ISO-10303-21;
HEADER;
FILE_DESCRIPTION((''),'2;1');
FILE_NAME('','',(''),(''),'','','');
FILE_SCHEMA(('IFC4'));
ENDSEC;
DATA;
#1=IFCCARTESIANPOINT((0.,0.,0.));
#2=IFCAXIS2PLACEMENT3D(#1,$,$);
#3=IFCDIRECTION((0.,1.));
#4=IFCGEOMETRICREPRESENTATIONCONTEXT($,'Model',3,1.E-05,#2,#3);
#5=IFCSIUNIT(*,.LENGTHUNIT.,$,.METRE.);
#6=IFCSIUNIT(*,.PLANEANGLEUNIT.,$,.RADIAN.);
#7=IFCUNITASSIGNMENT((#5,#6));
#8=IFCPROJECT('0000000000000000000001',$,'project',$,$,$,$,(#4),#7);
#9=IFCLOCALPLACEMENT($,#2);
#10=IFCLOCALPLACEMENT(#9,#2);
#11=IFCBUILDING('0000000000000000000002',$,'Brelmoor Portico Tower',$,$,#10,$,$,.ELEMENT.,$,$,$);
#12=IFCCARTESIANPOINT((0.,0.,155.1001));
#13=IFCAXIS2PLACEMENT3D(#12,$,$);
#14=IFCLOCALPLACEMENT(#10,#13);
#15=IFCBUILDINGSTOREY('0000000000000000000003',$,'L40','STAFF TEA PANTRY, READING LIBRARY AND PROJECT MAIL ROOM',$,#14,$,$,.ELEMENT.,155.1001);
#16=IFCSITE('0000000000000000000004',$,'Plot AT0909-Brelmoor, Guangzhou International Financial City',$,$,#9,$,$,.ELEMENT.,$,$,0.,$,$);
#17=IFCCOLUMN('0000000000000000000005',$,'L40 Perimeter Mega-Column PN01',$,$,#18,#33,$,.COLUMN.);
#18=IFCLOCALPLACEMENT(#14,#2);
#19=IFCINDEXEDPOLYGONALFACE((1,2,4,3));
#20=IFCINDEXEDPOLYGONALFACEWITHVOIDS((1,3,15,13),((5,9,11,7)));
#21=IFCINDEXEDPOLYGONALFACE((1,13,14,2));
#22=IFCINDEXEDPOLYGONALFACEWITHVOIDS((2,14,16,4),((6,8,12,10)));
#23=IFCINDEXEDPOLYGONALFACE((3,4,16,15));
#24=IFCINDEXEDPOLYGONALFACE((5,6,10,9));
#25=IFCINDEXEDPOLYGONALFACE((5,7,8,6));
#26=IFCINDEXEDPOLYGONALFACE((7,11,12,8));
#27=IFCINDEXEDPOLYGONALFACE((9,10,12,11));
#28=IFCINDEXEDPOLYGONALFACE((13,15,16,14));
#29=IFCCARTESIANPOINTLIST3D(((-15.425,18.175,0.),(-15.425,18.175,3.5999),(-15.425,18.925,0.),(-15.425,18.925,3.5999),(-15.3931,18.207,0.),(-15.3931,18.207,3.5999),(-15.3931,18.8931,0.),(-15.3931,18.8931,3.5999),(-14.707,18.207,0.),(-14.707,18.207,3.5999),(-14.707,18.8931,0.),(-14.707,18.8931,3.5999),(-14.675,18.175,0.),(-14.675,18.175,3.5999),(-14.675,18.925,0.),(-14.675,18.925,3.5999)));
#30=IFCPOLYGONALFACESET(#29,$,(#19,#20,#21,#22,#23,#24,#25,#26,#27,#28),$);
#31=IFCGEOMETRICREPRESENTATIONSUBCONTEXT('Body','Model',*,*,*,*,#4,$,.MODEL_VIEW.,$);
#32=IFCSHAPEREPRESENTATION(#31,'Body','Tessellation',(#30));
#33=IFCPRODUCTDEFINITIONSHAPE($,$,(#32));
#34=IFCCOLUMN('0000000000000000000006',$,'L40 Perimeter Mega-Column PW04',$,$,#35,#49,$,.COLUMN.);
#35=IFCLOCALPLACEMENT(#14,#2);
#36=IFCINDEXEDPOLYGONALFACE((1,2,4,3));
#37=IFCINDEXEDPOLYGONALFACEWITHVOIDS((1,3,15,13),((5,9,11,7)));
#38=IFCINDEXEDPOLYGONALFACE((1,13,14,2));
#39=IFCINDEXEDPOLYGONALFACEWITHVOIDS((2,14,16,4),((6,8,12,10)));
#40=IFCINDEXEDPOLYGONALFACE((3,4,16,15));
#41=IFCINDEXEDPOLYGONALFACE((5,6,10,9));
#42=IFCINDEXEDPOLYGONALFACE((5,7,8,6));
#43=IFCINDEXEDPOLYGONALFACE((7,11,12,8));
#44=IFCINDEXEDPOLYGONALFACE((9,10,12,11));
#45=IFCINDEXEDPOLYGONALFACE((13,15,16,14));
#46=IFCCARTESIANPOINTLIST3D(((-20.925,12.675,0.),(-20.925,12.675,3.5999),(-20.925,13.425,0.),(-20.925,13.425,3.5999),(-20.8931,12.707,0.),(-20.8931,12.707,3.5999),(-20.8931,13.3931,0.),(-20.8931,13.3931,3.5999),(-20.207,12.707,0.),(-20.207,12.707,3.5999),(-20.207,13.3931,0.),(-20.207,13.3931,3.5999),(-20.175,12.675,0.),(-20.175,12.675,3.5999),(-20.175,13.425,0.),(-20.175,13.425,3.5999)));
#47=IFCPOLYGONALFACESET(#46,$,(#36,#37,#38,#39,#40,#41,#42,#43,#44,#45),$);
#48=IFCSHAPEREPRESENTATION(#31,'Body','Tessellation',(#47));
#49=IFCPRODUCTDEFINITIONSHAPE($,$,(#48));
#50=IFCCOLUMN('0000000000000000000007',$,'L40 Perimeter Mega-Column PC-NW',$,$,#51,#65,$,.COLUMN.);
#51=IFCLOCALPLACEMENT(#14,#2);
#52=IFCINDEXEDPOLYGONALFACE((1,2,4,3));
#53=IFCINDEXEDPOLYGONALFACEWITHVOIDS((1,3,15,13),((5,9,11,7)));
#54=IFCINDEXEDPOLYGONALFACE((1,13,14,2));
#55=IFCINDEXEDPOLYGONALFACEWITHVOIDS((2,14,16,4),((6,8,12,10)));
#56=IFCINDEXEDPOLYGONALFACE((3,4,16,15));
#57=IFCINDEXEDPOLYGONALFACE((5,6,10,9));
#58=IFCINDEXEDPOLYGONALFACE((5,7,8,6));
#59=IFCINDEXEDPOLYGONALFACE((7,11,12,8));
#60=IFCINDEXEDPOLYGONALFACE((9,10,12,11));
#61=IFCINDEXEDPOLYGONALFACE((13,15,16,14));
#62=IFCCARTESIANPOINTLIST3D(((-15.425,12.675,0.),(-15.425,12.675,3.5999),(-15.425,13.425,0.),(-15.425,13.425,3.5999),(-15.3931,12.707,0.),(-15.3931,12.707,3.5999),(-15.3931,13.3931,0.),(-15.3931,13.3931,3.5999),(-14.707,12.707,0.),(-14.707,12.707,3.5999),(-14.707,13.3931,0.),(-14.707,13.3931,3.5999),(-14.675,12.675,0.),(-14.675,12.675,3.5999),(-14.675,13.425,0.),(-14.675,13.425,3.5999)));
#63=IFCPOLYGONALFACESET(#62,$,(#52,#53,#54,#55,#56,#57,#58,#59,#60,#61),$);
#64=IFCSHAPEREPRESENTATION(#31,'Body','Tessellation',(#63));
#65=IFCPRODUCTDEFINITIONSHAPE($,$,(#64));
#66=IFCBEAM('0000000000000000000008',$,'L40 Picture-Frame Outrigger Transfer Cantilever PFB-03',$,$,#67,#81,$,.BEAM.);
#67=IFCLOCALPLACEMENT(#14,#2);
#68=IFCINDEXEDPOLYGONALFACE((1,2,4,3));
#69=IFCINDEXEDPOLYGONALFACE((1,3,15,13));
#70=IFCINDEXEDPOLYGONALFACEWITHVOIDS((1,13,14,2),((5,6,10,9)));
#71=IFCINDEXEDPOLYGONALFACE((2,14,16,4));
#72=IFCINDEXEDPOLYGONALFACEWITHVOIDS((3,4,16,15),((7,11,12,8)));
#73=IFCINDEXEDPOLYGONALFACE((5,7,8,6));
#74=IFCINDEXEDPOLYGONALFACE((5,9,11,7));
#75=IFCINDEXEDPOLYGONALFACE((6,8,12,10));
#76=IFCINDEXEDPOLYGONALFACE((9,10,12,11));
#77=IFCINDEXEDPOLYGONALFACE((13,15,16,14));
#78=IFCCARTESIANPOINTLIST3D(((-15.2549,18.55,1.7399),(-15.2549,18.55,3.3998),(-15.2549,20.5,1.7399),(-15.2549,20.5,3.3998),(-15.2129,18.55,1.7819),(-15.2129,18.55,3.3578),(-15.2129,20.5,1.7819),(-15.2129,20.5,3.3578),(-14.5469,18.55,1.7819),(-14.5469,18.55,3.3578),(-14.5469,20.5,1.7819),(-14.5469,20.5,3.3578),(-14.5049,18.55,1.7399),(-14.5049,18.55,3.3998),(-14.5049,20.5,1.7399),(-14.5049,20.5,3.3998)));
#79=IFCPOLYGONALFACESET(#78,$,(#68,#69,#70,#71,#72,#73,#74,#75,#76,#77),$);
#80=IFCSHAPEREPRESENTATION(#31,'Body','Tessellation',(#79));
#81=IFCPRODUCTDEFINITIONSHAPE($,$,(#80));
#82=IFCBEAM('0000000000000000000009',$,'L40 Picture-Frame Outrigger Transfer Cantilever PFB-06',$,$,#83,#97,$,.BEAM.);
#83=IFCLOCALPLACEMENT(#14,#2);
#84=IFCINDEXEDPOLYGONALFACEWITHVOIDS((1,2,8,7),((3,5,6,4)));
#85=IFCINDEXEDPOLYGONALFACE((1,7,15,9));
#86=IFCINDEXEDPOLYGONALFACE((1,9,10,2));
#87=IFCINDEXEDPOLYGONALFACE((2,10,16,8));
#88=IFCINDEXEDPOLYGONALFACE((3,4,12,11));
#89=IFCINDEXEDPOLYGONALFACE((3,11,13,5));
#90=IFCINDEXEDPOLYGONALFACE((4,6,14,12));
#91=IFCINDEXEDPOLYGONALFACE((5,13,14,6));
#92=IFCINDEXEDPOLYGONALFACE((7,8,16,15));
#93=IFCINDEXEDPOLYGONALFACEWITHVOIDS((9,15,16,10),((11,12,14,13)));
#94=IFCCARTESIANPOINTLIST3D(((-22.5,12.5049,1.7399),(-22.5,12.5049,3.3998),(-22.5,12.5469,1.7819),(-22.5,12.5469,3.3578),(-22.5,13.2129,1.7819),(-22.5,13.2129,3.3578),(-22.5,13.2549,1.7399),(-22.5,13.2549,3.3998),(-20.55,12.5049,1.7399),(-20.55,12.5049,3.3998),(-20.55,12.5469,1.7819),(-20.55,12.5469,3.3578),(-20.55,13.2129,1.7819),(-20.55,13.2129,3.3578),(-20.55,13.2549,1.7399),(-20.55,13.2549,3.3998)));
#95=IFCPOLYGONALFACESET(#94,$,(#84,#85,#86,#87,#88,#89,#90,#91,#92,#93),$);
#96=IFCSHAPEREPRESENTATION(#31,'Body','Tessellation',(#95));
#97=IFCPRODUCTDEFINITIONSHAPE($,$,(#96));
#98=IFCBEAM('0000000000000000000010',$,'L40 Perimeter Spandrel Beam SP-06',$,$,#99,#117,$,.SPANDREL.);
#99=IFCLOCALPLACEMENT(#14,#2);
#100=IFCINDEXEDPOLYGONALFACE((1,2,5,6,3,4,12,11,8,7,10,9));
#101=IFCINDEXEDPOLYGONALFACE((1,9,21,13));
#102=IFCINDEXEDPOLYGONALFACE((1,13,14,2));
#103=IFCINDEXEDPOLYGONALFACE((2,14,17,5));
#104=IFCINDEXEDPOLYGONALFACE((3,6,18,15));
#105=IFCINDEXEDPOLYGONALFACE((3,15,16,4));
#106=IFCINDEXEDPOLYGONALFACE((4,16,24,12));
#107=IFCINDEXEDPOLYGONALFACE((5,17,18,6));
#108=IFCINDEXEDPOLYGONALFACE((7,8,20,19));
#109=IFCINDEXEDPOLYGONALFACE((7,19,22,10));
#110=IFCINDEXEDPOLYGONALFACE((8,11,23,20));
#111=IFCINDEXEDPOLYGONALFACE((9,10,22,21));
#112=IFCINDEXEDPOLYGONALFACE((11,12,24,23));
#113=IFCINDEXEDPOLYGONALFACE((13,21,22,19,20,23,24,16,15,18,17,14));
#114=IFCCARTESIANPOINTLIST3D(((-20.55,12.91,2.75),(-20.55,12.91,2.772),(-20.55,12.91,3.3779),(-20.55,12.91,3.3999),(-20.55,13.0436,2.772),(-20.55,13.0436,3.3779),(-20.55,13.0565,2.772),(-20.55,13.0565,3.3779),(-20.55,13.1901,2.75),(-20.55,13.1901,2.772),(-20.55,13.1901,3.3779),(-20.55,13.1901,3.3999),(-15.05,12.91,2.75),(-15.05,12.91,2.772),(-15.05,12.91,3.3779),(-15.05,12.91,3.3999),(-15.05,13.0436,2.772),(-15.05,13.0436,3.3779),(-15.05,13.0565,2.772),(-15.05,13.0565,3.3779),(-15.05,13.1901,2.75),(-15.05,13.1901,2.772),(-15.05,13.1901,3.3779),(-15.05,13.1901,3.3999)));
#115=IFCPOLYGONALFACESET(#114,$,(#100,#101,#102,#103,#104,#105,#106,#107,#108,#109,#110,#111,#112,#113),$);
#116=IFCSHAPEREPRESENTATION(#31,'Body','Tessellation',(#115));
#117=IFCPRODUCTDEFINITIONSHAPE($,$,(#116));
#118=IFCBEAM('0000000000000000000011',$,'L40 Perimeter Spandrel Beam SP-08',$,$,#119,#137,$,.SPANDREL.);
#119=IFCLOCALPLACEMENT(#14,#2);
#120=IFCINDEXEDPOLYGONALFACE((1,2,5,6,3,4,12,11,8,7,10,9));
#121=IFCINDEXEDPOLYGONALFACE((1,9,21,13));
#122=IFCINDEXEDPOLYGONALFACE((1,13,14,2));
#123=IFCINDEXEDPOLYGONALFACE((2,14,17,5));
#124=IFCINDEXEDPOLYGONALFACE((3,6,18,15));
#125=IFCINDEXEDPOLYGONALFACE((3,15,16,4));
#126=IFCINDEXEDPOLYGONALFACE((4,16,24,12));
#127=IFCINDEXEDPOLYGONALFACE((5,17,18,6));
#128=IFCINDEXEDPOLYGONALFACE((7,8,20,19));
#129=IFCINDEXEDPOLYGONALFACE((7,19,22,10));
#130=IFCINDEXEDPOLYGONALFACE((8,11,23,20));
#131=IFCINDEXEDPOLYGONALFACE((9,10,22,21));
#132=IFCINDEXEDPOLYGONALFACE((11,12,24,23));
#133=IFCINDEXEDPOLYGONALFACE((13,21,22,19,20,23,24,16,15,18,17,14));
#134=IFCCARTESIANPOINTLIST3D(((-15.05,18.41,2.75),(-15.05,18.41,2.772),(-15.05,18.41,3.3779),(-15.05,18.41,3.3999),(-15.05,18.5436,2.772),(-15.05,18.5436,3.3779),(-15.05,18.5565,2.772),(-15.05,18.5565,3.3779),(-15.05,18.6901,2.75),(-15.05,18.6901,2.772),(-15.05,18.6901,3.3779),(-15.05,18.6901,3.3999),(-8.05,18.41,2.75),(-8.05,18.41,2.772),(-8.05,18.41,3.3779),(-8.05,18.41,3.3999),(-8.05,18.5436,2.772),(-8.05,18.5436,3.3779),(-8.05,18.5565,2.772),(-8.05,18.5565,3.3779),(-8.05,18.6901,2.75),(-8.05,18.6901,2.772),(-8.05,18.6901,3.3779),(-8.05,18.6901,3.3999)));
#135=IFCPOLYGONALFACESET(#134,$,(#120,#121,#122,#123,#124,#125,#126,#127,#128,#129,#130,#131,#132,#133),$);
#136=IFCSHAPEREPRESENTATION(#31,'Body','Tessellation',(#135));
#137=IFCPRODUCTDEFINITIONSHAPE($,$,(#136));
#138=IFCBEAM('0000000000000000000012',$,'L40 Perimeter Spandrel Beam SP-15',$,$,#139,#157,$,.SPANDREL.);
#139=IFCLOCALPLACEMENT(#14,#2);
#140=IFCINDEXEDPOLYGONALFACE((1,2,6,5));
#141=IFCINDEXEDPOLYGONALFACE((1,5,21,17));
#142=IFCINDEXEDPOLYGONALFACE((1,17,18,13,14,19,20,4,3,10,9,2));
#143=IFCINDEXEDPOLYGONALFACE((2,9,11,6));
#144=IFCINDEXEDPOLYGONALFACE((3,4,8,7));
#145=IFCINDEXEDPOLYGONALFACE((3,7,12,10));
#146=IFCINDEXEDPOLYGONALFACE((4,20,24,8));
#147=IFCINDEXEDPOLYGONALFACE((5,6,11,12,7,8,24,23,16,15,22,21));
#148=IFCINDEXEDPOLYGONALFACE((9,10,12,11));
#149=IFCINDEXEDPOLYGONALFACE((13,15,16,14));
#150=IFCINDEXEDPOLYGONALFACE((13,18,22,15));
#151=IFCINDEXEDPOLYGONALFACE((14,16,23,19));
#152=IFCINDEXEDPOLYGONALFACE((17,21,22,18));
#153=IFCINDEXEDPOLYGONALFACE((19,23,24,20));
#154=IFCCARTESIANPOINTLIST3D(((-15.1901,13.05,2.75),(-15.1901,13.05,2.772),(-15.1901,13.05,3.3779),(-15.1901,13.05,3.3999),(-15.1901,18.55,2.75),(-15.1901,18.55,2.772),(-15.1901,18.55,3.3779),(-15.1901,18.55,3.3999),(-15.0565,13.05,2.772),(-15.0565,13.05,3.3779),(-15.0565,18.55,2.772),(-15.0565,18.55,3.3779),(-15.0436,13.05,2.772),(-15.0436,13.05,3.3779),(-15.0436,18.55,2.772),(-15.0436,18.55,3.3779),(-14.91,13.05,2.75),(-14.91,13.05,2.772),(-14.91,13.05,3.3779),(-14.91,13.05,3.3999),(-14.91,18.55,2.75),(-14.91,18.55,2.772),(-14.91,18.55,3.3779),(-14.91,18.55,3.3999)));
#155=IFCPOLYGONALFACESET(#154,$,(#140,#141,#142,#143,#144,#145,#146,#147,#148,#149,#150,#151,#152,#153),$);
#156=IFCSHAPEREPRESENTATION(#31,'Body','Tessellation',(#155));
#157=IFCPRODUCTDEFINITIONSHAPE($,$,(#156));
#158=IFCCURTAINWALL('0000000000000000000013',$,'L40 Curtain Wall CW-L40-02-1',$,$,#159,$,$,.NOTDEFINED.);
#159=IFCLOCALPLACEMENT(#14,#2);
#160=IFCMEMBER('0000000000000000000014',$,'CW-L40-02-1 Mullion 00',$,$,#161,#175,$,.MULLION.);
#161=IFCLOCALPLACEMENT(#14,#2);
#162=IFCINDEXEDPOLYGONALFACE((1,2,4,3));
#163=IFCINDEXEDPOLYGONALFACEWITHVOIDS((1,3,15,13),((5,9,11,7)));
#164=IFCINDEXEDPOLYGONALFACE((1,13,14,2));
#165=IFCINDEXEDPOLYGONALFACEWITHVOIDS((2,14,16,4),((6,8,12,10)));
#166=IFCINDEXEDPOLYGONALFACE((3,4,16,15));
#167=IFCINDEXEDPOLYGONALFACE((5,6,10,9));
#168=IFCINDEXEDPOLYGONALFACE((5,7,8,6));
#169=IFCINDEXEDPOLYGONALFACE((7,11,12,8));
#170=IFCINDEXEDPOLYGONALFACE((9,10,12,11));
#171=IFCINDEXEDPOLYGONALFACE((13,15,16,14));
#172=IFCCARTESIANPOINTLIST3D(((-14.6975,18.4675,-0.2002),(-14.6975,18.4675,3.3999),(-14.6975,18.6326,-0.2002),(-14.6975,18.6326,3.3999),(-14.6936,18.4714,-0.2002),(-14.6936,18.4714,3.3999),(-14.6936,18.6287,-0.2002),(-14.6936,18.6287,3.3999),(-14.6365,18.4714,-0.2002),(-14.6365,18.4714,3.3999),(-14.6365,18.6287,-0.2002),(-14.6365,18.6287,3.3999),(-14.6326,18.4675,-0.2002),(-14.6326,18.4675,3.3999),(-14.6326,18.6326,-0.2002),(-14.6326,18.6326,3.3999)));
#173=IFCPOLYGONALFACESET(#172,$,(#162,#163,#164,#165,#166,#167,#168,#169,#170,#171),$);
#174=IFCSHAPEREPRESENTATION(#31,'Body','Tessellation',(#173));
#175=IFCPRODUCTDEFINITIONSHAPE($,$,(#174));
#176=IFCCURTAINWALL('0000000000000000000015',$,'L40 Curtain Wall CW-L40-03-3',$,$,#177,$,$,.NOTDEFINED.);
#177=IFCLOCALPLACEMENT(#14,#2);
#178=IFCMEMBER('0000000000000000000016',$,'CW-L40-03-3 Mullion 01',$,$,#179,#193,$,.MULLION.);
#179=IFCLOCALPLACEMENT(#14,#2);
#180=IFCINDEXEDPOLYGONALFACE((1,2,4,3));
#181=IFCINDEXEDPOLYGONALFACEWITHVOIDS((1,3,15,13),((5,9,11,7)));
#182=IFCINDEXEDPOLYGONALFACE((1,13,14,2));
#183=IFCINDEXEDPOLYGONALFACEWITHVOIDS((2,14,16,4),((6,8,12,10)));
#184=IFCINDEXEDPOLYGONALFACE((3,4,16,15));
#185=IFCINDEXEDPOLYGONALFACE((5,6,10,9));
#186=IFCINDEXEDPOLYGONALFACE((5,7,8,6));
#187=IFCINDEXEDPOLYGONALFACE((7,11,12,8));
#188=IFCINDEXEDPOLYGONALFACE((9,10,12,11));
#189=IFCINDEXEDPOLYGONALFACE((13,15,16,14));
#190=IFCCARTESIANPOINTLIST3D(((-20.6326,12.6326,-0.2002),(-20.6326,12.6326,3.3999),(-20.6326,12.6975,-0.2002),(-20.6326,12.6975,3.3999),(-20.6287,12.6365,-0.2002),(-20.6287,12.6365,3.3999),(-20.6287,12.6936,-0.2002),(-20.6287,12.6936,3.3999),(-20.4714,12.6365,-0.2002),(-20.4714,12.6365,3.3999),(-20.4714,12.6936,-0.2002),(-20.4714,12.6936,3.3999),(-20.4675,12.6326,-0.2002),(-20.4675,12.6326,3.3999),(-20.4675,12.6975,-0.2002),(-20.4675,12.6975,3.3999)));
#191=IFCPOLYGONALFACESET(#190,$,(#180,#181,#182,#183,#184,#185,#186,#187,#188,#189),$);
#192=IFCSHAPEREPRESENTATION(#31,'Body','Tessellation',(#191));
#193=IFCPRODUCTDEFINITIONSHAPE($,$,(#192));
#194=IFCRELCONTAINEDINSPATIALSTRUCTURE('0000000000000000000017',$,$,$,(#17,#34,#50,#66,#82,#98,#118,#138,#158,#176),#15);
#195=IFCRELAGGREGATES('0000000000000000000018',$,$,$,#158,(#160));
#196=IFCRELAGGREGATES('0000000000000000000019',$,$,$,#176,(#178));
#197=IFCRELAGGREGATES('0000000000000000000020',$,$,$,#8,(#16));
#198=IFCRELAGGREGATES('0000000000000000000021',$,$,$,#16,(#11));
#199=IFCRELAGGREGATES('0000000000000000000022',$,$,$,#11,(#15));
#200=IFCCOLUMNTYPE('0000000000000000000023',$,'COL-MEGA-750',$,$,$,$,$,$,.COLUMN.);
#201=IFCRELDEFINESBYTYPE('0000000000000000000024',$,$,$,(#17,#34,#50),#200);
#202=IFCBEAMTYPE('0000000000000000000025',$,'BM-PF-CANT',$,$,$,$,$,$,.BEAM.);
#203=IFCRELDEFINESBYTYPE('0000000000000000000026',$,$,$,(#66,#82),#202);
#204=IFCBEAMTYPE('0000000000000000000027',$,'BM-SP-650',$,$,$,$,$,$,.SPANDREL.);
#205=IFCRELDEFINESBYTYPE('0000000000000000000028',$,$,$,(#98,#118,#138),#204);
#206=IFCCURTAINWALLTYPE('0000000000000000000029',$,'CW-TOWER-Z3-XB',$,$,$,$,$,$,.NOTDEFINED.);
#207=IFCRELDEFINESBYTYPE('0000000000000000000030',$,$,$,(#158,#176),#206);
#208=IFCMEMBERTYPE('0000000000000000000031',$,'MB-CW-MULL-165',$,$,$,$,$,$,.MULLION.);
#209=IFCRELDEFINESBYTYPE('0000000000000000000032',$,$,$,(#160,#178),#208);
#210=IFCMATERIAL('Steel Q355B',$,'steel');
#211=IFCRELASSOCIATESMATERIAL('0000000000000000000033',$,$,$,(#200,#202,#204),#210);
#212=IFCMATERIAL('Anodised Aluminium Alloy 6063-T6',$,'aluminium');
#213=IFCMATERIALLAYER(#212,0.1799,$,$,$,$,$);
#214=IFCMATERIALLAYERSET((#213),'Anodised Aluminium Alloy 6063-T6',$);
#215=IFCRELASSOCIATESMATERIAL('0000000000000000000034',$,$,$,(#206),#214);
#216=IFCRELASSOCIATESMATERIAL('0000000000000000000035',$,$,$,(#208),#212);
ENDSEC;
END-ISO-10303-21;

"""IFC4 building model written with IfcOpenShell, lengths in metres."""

from ifc_helpers import new_model, si_unit, direction, frame, origin, origin_2d, place, context, subcontext, project, spatial, hollow_rectangle, i_section, extrude, material, layer, layer_set, material_profile, profile_set, type_object, element, aggregate, save


model = new_model("IFC4")

# Units and contexts
model_context = context("Model", 3, precision=1e-05, world=origin(), true_north=direction((0.0, 1.0)))
body_context = subcontext(model_context, "Body", "Model", "MODEL_VIEW")
ifc_project = project(units=[si_unit("LENGTHUNIT", "METRE"), si_unit("PLANEANGLEUNIT", "RADIAN")], contexts=[model_context])

# Site, building, storey
site_placement = place(None, origin())
site = spatial("IfcSite", under=ifc_project, at=site_placement, Name="Plot AT0909-Brelmoor, Guangzhou International Financial City", CompositionType="ELEMENT", RefElevation=0.0)
building_placement = place(site_placement, origin())
building = spatial("IfcBuilding", under=site, at=building_placement, Name="Brelmoor Portico Tower", CompositionType="ELEMENT")
storey_placement = place(building_placement, frame((0.0, 0.0, 155.1001)))
storey = spatial("IfcBuildingStorey", under=building, at=storey_placement, Name="L40", Description="STAFF TEA PANTRY, READING LIBRARY AND PROJECT MAIL ROOM", CompositionType="ELEMENT", Elevation=155.1001)

# Columns
ifc_material_1 = material(Name="Steel Q355B", Category="steel")
ifc_material_profile_1 = material_profile(ifc_material_1, hollow_rectangle(XDim=0.75, YDim=0.75, WallThickness=0.032, at=origin_2d()), Name="BOX 750x750x32")
ifc_profile_set_1 = profile_set([ifc_material_profile_1], Name="Steel Q355B")
column_type = type_object("IfcColumnType", Name="COL-MEGA-750", PredefinedType="COLUMN", material=ifc_profile_set_1)
for number, where, z_axis, x_axis, name in (
    (1, (-15.05, 18.55, 0.0), (0.0, 0.0, 1.0), (1.0, 0.0, 0.0), "L40 Perimeter Mega-Column PN01"),
    (2, (-20.55, 13.05, 0.0), (0.0, 0.0, 1.0), (0.0, 1.0, 0.0), "L40 Perimeter Mega-Column PW04"),
    (3, (-15.05, 13.05, 0.0), (0.0, 0.0, 1.0), (1.0, 0.0, 0.0), "L40 Perimeter Mega-Column PC-NW"),
):
    element("IfcColumn", number, at=place(storey_placement, frame(where, z_axis=z_axis, x_axis=x_axis)), inside=storey, type_object=column_type, Name=name, PredefinedType="COLUMN", context=body_context, shape_type="SweptSolid", body=[
        extrude(hollow_rectangle(XDim=0.75, YDim=0.75, WallThickness=0.032, at=origin_2d()), origin(), (0.0, 0.0, 1.0), 3.5999),
    ])

# Beams
ifc_material_profile_2 = material_profile(ifc_material_1, hollow_rectangle(XDim=0.75, YDim=1.6599, WallThickness=0.042, at=origin_2d()), Name="BOX 750x1660x42")
ifc_profile_set_2 = profile_set([ifc_material_profile_2], Name="Steel Q355B")
beam_type_1 = type_object("IfcBeamType", Name="BM-PF-CANT", PredefinedType="BEAM", material=ifc_profile_set_2)
for number, where, z_axis, x_axis, name in (
    (4, (-14.8799, 18.55, 2.5698), (0.0, 1.0, 0.0), (-1.0, 0.0, 0.0), "L40 Picture-Frame Outrigger Transfer Cantilever PFB-03"),
    (5, (-22.5, 12.8799, 2.5698), (1.0, 0.0, 0.0), (0.0, 1.0, 0.0), "L40 Picture-Frame Outrigger Transfer Cantilever PFB-06"),
):
    element("IfcBeam", number, at=place(storey_placement, frame(where, z_axis=z_axis, x_axis=x_axis)), inside=storey, type_object=beam_type_1, Name=name, PredefinedType="BEAM", context=body_context, shape_type="SweptSolid", body=[
        extrude(hollow_rectangle(XDim=0.75, YDim=1.6599, WallThickness=0.042, at=origin_2d()), origin(), (0.0, 0.0, 1.0), 1.95),
    ])
ifc_material_profile_3 = material_profile(ifc_material_1, i_section(OverallWidth=0.28, OverallDepth=0.6499, WebThickness=0.0129, FlangeThickness=0.022, at=origin_2d()), Name="HN 650x280x13x22")
ifc_profile_set_3 = profile_set([ifc_material_profile_3], Name="Steel Q355B")
beam_type_2 = type_object("IfcBeamType", Name="BM-SP-650", PredefinedType="SPANDREL", material=ifc_profile_set_3)
beam_1_placement = place(storey_placement, frame((-20.55, 13.05, 3.075), z_axis=(1.0, 0.0, 0.0), x_axis=(0.0, 1.0, 0.0)))
element("IfcBeam", 6, at=beam_1_placement, inside=storey, type_object=beam_type_2, Name="L40 Perimeter Spandrel Beam SP-06", PredefinedType="SPANDREL", context=body_context, shape_type="SweptSolid", body=[
    extrude(i_section(OverallWidth=0.28, OverallDepth=0.6499, WebThickness=0.0129, FlangeThickness=0.022, at=origin_2d()), origin(), (0.0, 0.0, 1.0), 5.5),
])
beam_2_placement = place(storey_placement, frame((-15.05, 18.55, 3.075), z_axis=(1.0, 0.0, 0.0), x_axis=(0.0, 1.0, 0.0)))
element("IfcBeam", 7, at=beam_2_placement, inside=storey, type_object=beam_type_2, Name="L40 Perimeter Spandrel Beam SP-08", PredefinedType="SPANDREL", context=body_context, shape_type="SweptSolid", body=[
    extrude(i_section(OverallWidth=0.28, OverallDepth=0.6499, WebThickness=0.0129, FlangeThickness=0.022, at=origin_2d()), origin(), (0.0, 0.0, 1.0), 7.0),
])
beam_3_placement = place(storey_placement, frame((-15.05, 13.05, 3.075), z_axis=(0.0, 1.0, 0.0), x_axis=(-1.0, 0.0, 0.0)))
element("IfcBeam", 8, at=beam_3_placement, inside=storey, type_object=beam_type_2, Name="L40 Perimeter Spandrel Beam SP-15", PredefinedType="SPANDREL", context=body_context, shape_type="SweptSolid", body=[
    extrude(i_section(OverallWidth=0.28, OverallDepth=0.6499, WebThickness=0.0129, FlangeThickness=0.022, at=origin_2d()), origin(), (0.0, 0.0, 1.0), 5.5),
])

# Curtain walls, members
ifc_material_2 = material(Name="Anodised Aluminium Alloy 6063-T6", Category="aluminium")
ifc_layer_1 = layer(ifc_material_2, 0.1799)
ifc_layer_set_1 = layer_set([ifc_layer_1], Name="Anodised Aluminium Alloy 6063-T6")
curtain_wall_type = type_object("IfcCurtainWallType", Name="CW-TOWER-Z3-XB", PredefinedType="NOTDEFINED", material=ifc_layer_set_1)
curtain_wall_1_placement = place(storey_placement, origin())
curtain_wall_1 = element("IfcCurtainWall", 9, at=curtain_wall_1_placement, inside=storey, type_object=curtain_wall_type, Name="L40 Curtain Wall CW-L40-02-1", PredefinedType="NOTDEFINED")
ifc_material_profile_4 = material_profile(ifc_material_2, hollow_rectangle(XDim=0.0649, YDim=0.165, WallThickness=0.0039, at=origin_2d()), Name="ALU MULLION 65x165")
ifc_profile_set_4 = profile_set([ifc_material_profile_4], Name="Anodised Aluminium Alloy 6063-T6")
member_type_1 = type_object("IfcMemberType", Name="MB-CW-MULL-165", PredefinedType="MULLION", material=ifc_profile_set_4)
member_1_placement = place(storey_placement, frame((-14.665, 18.55, -0.2002), z_axis=(0.0, 0.0, 1.0), x_axis=(1.0, 0.0, 0.0)))
member_1 = element("IfcMember", 10, at=member_1_placement, type_object=member_type_1, Name="CW-L40-02-1 Mullion 00", PredefinedType="MULLION", context=body_context, shape_type="SweptSolid", body=[
    extrude(hollow_rectangle(XDim=0.0649, YDim=0.165, WallThickness=0.0039, at=origin_2d()), origin(), (0.0, 0.0, 1.0), 3.6001),
])
curtain_wall_2_placement = place(storey_placement, origin())
curtain_wall_2 = element("IfcCurtainWall", 11, at=curtain_wall_2_placement, inside=storey, type_object=curtain_wall_type, Name="L40 Curtain Wall CW-L40-03-3", PredefinedType="NOTDEFINED")
member_2_placement = place(storey_placement, frame((-20.55, 12.665, -0.2002), z_axis=(0.0, 0.0, 1.0), x_axis=(0.0, 1.0, 0.0)))
member_2 = element("IfcMember", 12, at=member_2_placement, type_object=member_type_1, Name="CW-L40-03-3 Mullion 01", PredefinedType="MULLION", context=body_context, shape_type="SweptSolid", body=[
    extrude(hollow_rectangle(XDim=0.0649, YDim=0.165, WallThickness=0.0039, at=origin_2d()), origin(), (0.0, 0.0, 1.0), 3.6001),
])

aggregate(curtain_wall_1, [member_1])

aggregate(curtain_wall_2, [member_2])

save(model, "model.ifc")
